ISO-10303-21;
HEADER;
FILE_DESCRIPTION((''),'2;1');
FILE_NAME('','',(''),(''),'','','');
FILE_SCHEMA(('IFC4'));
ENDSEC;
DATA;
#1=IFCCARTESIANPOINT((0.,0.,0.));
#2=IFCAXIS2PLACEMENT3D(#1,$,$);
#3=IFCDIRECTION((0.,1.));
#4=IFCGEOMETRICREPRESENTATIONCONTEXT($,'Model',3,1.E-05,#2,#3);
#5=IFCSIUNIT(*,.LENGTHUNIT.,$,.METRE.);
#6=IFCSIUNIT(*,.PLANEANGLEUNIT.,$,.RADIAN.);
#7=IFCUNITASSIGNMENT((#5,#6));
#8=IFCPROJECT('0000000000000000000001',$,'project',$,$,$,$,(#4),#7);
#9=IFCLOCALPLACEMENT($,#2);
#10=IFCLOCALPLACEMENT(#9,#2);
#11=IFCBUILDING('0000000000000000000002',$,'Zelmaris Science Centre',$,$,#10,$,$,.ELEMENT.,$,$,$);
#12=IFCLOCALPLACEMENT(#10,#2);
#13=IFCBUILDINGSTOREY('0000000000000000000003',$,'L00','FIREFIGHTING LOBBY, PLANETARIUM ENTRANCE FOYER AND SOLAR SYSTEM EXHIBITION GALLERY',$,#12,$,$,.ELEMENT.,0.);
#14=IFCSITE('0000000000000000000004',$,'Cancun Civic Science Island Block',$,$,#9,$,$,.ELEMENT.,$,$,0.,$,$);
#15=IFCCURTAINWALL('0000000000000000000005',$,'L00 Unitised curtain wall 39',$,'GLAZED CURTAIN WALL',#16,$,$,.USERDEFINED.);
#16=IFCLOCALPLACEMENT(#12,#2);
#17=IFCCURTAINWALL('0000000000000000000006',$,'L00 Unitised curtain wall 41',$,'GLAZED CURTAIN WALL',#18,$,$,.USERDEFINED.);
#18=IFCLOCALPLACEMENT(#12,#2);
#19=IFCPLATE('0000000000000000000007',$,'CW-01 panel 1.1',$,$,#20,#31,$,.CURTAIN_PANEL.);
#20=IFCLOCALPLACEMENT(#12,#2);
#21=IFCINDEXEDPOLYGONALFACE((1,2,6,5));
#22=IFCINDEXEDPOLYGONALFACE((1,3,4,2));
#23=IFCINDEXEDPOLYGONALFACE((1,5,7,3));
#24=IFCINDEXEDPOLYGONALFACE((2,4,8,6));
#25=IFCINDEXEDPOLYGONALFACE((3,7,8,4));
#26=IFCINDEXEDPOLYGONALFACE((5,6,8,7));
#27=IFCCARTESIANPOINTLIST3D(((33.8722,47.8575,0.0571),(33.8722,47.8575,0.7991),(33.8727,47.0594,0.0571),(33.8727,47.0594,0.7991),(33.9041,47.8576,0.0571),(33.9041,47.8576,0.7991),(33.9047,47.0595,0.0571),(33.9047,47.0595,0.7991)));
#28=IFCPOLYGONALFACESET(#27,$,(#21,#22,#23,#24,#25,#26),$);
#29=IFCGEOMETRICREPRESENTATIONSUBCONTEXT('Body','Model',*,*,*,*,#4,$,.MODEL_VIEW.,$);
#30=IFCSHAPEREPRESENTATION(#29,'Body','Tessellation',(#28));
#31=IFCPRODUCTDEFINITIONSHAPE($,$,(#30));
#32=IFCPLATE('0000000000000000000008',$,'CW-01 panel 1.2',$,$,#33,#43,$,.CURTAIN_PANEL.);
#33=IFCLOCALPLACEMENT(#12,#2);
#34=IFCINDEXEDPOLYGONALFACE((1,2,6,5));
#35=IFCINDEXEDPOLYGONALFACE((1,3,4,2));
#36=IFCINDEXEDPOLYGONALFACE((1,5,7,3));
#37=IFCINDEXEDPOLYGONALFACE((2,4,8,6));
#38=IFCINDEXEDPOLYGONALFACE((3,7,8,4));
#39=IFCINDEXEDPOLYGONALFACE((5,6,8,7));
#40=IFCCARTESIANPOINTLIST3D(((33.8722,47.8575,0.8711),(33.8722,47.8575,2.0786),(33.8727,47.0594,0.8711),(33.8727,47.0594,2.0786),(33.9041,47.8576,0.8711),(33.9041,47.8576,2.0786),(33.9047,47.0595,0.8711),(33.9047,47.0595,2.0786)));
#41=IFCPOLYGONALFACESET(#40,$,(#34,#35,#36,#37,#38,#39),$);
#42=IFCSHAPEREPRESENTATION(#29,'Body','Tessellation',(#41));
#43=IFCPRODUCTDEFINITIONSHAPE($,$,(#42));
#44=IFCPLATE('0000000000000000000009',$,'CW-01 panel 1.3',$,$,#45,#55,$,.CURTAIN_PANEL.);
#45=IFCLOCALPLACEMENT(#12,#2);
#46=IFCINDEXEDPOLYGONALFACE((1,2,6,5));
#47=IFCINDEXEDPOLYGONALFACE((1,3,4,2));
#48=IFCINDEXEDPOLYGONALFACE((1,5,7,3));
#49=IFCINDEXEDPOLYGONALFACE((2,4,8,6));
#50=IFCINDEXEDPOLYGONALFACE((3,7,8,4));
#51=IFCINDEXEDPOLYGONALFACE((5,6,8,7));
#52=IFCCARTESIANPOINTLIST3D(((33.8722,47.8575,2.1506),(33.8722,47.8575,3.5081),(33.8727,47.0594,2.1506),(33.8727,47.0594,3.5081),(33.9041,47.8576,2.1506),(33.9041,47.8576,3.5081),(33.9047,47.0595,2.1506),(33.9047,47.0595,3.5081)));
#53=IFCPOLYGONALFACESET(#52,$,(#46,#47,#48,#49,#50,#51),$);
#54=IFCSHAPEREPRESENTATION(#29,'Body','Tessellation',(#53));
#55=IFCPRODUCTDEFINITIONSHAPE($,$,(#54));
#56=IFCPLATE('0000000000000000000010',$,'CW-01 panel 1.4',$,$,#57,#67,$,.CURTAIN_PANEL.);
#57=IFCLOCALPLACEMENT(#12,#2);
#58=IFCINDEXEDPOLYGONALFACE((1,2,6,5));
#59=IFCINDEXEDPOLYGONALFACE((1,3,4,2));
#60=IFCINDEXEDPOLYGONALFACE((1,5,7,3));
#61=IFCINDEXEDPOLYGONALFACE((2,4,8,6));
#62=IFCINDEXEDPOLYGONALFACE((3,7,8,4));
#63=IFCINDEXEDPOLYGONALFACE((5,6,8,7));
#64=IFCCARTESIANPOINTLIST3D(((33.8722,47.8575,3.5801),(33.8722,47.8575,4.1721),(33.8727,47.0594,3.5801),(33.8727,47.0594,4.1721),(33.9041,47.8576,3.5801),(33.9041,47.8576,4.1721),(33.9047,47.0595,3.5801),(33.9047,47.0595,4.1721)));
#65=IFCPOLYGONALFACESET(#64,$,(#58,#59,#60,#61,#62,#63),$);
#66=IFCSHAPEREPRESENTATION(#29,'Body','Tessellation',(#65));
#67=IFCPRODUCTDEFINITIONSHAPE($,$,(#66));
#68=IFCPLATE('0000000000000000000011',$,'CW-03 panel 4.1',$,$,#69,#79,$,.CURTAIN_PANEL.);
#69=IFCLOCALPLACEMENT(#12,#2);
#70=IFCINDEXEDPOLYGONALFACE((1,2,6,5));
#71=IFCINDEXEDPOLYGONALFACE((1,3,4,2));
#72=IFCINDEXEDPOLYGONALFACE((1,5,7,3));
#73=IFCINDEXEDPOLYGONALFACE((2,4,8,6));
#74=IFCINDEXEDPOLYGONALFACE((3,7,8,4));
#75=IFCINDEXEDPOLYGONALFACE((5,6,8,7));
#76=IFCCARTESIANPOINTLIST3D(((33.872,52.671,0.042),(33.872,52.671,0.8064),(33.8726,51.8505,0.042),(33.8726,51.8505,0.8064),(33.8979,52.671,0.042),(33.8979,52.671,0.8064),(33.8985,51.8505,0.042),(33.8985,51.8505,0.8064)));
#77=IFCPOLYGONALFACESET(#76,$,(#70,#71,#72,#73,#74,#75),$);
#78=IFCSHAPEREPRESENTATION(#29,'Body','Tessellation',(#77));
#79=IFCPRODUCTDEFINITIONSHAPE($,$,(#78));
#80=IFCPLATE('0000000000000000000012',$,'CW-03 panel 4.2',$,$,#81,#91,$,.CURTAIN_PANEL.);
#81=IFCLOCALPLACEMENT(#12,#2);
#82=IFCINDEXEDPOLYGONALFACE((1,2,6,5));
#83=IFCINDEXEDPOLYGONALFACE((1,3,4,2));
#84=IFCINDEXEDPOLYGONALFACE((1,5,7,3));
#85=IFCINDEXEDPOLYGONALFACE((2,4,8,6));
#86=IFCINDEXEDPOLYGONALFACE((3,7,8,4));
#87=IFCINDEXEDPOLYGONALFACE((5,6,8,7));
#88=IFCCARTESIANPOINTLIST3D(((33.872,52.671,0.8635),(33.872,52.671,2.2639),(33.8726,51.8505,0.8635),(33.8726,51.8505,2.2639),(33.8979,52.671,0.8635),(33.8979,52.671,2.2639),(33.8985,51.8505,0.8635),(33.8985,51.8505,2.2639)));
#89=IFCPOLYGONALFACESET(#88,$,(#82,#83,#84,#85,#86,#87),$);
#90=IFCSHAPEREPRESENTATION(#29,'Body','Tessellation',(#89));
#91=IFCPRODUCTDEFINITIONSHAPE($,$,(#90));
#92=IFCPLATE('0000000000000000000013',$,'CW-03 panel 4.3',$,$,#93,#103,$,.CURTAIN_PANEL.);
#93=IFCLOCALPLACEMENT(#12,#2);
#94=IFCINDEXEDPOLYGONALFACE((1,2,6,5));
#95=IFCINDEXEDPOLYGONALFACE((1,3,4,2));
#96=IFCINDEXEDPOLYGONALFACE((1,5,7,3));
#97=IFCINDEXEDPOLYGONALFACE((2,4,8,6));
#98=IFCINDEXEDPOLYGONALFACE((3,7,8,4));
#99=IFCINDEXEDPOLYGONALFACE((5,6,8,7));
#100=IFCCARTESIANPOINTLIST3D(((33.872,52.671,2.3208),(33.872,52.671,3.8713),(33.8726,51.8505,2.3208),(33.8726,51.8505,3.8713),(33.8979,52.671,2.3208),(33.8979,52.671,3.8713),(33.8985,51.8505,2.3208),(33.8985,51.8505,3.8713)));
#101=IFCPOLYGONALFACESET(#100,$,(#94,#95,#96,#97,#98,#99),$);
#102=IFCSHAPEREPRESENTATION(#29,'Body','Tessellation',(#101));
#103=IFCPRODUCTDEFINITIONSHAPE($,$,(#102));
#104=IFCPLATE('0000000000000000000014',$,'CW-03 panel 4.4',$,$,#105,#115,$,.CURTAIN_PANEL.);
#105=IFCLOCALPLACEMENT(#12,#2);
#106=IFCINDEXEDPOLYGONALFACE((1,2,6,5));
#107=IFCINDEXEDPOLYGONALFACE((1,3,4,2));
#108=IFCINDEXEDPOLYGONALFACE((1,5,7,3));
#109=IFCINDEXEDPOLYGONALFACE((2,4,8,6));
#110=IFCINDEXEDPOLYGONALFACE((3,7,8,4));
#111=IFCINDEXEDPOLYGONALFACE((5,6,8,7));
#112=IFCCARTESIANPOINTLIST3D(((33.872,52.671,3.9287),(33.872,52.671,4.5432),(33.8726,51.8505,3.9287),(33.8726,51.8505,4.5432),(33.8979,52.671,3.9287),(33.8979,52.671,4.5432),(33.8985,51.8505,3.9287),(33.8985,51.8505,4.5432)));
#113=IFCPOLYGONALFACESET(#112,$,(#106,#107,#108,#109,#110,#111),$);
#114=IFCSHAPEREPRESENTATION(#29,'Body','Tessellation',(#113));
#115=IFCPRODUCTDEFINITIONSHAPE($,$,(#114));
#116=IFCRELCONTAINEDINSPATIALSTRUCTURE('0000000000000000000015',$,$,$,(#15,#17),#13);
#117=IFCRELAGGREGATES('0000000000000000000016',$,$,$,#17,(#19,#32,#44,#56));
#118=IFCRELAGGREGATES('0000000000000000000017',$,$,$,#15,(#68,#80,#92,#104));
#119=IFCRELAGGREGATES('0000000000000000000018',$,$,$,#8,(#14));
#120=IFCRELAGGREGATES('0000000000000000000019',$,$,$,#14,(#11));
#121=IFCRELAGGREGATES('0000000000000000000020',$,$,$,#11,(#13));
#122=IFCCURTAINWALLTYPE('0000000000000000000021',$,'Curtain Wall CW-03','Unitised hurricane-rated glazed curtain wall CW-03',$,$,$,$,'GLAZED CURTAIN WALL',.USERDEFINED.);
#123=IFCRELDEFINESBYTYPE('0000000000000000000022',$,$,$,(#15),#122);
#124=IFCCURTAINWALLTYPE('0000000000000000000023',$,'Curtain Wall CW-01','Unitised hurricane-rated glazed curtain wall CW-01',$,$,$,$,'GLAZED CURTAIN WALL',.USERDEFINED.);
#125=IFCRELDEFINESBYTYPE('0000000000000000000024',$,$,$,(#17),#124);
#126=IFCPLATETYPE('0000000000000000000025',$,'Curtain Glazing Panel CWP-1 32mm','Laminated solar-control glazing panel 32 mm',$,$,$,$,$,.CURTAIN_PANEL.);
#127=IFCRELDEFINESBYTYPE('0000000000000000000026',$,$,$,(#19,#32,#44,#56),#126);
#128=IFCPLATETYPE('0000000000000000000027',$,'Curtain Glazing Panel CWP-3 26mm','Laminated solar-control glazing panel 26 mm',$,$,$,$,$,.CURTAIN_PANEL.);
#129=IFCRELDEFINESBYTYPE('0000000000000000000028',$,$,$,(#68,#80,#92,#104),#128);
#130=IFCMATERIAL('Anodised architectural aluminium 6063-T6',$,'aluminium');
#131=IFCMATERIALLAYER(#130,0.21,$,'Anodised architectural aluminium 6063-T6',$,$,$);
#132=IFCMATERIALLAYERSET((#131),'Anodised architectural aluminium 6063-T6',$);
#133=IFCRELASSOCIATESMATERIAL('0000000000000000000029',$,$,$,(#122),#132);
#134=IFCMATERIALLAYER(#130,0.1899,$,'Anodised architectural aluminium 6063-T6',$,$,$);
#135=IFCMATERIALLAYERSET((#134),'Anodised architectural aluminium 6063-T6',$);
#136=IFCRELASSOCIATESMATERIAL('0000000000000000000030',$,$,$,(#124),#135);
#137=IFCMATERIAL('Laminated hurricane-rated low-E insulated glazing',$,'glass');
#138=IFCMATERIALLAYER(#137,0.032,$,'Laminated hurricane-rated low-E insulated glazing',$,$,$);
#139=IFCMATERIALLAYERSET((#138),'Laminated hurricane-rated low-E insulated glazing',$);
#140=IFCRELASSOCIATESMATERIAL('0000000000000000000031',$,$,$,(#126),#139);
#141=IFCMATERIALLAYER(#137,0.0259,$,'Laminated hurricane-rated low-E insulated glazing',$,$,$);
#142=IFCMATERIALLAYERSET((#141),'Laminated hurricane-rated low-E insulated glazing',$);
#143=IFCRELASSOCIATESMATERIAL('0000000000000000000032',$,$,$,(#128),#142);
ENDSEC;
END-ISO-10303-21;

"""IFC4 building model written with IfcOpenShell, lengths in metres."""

from ifc_helpers import new_model, si_unit, direction, frame, origin, origin_2d, place, context, subcontext, project, spatial, rectangle, extrude, material, layer, layer_set, type_object, element, aggregate, save


model = new_model("IFC4")

# Units and contexts
model_context = context("Model", 3, precision=1e-05, world=origin(), true_north=direction((0.0, 1.0)))
body_context = subcontext(model_context, "Body", "Model", "MODEL_VIEW")
ifc_project = project(units=[si_unit("LENGTHUNIT", "METRE"), si_unit("PLANEANGLEUNIT", "RADIAN")], contexts=[model_context])

# Site, building, storey
site_placement = place(None, origin())
site = spatial("IfcSite", under=ifc_project, at=site_placement, Name="Cancun Civic Science Island Block", CompositionType="ELEMENT", RefElevation=0.0)
building_placement = place(site_placement, origin())
building = spatial("IfcBuilding", under=site, at=building_placement, Name="Zelmaris Science Centre", CompositionType="ELEMENT")
storey_placement = place(building_placement, origin())
storey = spatial("IfcBuildingStorey", under=building, at=storey_placement, Name="L00", Description="FIREFIGHTING LOBBY, PLANETARIUM ENTRANCE FOYER AND SOLAR SYSTEM EXHIBITION GALLERY", CompositionType="ELEMENT", Elevation=0.0)

# Curtain wall
ifc_material_1 = material(Name="Anodised architectural aluminium 6063-T6", Category="aluminium")
ifc_layer_1 = layer(ifc_material_1, 0.21, Name="Anodised architectural aluminium 6063-T6")
ifc_layer_set_1 = layer_set([ifc_layer_1], Name="Anodised architectural aluminium 6063-T6")
curtain_wall_type_1 = type_object("IfcCurtainWallType", Name="Curtain Wall CW-03", Description="Unitised hurricane-rated glazed curtain wall CW-03", ElementType="GLAZED CURTAIN WALL", PredefinedType="USERDEFINED", material=ifc_layer_set_1)
curtain_wall_1_placement = place(storey_placement, origin())
curtain_wall_1 = element("IfcCurtainWall", 1, at=curtain_wall_1_placement, inside=storey, type_object=curtain_wall_type_1, Name="L00 Unitised curtain wall 39", ObjectType="GLAZED CURTAIN WALL", PredefinedType="USERDEFINED")

# Curtain wall
ifc_layer_2 = layer(ifc_material_1, 0.1899, Name="Anodised architectural aluminium 6063-T6")
ifc_layer_set_2 = layer_set([ifc_layer_2], Name="Anodised architectural aluminium 6063-T6")
curtain_wall_type_2 = type_object("IfcCurtainWallType", Name="Curtain Wall CW-01", Description="Unitised hurricane-rated glazed curtain wall CW-01", ElementType="GLAZED CURTAIN WALL", PredefinedType="USERDEFINED", material=ifc_layer_set_2)
curtain_wall_2_placement = place(storey_placement, origin())
curtain_wall_2 = element("IfcCurtainWall", 2, at=curtain_wall_2_placement, inside=storey, type_object=curtain_wall_type_2, Name="L00 Unitised curtain wall 41", ObjectType="GLAZED CURTAIN WALL", PredefinedType="USERDEFINED")

# Shared definitions
ifc_material_2 = material(Name="Laminated hurricane-rated low-E insulated glazing", Category="glass")
ifc_layer_3 = layer(ifc_material_2, 0.032, Name="Laminated hurricane-rated low-E insulated glazing")
ifc_layer_set_3 = layer_set([ifc_layer_3], Name="Laminated hurricane-rated low-E insulated glazing")
plate_type_1 = type_object("IfcPlateType", Name="Curtain Glazing Panel CWP-1 32mm", Description="Laminated solar-control glazing panel 32 mm", PredefinedType="CURTAIN_PANEL", material=ifc_layer_set_3)

# Plates
plate_1_placement = place(storey_placement, frame((33.8884, 47.4585, 0.0571), z_axis=(0.0, 0.0, 1.0), x_axis=(0.000717, -1.0, 0.0)))
plate_1 = element("IfcPlate", 3, at=plate_1_placement, type_object=plate_type_1, Name="CW-01 panel 1.1", PredefinedType="CURTAIN_PANEL", context=body_context, shape_type="SweptSolid", body=[
    extrude(rectangle(XDim=0.7981, YDim=0.032, at=origin_2d()), origin(), (0.0, 0.0, 1.0), 0.7419),
])
plate_2_placement = place(storey_placement, frame((33.8884, 47.4585, 0.8711), z_axis=(0.0, 0.0, 1.0), x_axis=(0.000717, -1.0, 0.0)))
plate_2 = element("IfcPlate", 4, at=plate_2_placement, type_object=plate_type_1, Name="CW-01 panel 1.2", PredefinedType="CURTAIN_PANEL", context=body_context, shape_type="SweptSolid", body=[
    extrude(rectangle(XDim=0.7981, YDim=0.032, at=origin_2d()), origin(), (0.0, 0.0, 1.0), 1.2075),
])
plate_3_placement = place(storey_placement, frame((33.8884, 47.4585, 2.1506), z_axis=(0.0, 0.0, 1.0), x_axis=(0.000717, -1.0, 0.0)))
plate_3 = element("IfcPlate", 5, at=plate_3_placement, type_object=plate_type_1, Name="CW-01 panel 1.3", PredefinedType="CURTAIN_PANEL", context=body_context, shape_type="SweptSolid", body=[
    extrude(rectangle(XDim=0.7981, YDim=0.032, at=origin_2d()), origin(), (0.0, 0.0, 1.0), 1.3574),
])
plate_4_placement = place(storey_placement, frame((33.8884, 47.4585, 3.5801), z_axis=(0.0, 0.0, 1.0), x_axis=(0.000717, -1.0, 0.0)))
plate_4 = element("IfcPlate", 6, at=plate_4_placement, type_object=plate_type_1, Name="CW-01 panel 1.4", PredefinedType="CURTAIN_PANEL", context=body_context, shape_type="SweptSolid", body=[
    extrude(rectangle(XDim=0.7981, YDim=0.032, at=origin_2d()), origin(), (0.0, 0.0, 1.0), 0.592),
])
aggregate(curtain_wall_2, [plate_1, plate_2, plate_3, plate_4])
ifc_layer_4 = layer(ifc_material_2, 0.0259, Name="Laminated hurricane-rated low-E insulated glazing")
ifc_layer_set_4 = layer_set([ifc_layer_4], Name="Laminated hurricane-rated low-E insulated glazing")
plate_type_2 = type_object("IfcPlateType", Name="Curtain Glazing Panel CWP-3 26mm", Description="Laminated solar-control glazing panel 26 mm", PredefinedType="CURTAIN_PANEL", material=ifc_layer_set_4)
plate_5_placement = place(storey_placement, frame((33.8853, 52.2607, 0.042), z_axis=(0.0, 0.0, 1.0), x_axis=(0.00069, -1.0, 0.0)))
plate_5 = element("IfcPlate", 7, at=plate_5_placement, type_object=plate_type_2, Name="CW-03 panel 4.1", PredefinedType="CURTAIN_PANEL", context=body_context, shape_type="SweptSolid", body=[
    extrude(rectangle(XDim=0.8206, YDim=0.0259, at=origin_2d()), origin(), (0.0, 0.0, 1.0), 0.7644),
])
plate_6_placement = place(storey_placement, frame((33.8853, 52.2607, 0.8635), z_axis=(0.0, 0.0, 1.0), x_axis=(0.00069, -1.0, 0.0)))
plate_6 = element("IfcPlate", 8, at=plate_6_placement, type_object=plate_type_2, Name="CW-03 panel 4.2", PredefinedType="CURTAIN_PANEL", context=body_context, shape_type="SweptSolid", body=[
    extrude(rectangle(XDim=0.8206, YDim=0.0259, at=origin_2d()), origin(), (0.0, 0.0, 1.0), 1.4004),
])
plate_7_placement = place(storey_placement, frame((33.8853, 52.2607, 2.3208), z_axis=(0.0, 0.0, 1.0), x_axis=(0.00069, -1.0, 0.0)))
plate_7 = element("IfcPlate", 9, at=plate_7_placement, type_object=plate_type_2, Name="CW-03 panel 4.3", PredefinedType="CURTAIN_PANEL", context=body_context, shape_type="SweptSolid", body=[
    extrude(rectangle(XDim=0.8206, YDim=0.0259, at=origin_2d()), origin(), (0.0, 0.0, 1.0), 1.5505),
])
plate_8_placement = place(storey_placement, frame((33.8853, 52.2607, 3.9287), z_axis=(0.0, 0.0, 1.0), x_axis=(0.00069, -1.0, 0.0)))
plate_8 = element("IfcPlate", 10, at=plate_8_placement, type_object=plate_type_2, Name="CW-03 panel 4.4", PredefinedType="CURTAIN_PANEL", context=body_context, shape_type="SweptSolid", body=[
    extrude(rectangle(XDim=0.8206, YDim=0.0259, at=origin_2d()), origin(), (0.0, 0.0, 1.0), 0.6145),
])
aggregate(curtain_wall_1, [plate_5, plate_6, plate_7, plate_8])

save(model, "model.ifc")
